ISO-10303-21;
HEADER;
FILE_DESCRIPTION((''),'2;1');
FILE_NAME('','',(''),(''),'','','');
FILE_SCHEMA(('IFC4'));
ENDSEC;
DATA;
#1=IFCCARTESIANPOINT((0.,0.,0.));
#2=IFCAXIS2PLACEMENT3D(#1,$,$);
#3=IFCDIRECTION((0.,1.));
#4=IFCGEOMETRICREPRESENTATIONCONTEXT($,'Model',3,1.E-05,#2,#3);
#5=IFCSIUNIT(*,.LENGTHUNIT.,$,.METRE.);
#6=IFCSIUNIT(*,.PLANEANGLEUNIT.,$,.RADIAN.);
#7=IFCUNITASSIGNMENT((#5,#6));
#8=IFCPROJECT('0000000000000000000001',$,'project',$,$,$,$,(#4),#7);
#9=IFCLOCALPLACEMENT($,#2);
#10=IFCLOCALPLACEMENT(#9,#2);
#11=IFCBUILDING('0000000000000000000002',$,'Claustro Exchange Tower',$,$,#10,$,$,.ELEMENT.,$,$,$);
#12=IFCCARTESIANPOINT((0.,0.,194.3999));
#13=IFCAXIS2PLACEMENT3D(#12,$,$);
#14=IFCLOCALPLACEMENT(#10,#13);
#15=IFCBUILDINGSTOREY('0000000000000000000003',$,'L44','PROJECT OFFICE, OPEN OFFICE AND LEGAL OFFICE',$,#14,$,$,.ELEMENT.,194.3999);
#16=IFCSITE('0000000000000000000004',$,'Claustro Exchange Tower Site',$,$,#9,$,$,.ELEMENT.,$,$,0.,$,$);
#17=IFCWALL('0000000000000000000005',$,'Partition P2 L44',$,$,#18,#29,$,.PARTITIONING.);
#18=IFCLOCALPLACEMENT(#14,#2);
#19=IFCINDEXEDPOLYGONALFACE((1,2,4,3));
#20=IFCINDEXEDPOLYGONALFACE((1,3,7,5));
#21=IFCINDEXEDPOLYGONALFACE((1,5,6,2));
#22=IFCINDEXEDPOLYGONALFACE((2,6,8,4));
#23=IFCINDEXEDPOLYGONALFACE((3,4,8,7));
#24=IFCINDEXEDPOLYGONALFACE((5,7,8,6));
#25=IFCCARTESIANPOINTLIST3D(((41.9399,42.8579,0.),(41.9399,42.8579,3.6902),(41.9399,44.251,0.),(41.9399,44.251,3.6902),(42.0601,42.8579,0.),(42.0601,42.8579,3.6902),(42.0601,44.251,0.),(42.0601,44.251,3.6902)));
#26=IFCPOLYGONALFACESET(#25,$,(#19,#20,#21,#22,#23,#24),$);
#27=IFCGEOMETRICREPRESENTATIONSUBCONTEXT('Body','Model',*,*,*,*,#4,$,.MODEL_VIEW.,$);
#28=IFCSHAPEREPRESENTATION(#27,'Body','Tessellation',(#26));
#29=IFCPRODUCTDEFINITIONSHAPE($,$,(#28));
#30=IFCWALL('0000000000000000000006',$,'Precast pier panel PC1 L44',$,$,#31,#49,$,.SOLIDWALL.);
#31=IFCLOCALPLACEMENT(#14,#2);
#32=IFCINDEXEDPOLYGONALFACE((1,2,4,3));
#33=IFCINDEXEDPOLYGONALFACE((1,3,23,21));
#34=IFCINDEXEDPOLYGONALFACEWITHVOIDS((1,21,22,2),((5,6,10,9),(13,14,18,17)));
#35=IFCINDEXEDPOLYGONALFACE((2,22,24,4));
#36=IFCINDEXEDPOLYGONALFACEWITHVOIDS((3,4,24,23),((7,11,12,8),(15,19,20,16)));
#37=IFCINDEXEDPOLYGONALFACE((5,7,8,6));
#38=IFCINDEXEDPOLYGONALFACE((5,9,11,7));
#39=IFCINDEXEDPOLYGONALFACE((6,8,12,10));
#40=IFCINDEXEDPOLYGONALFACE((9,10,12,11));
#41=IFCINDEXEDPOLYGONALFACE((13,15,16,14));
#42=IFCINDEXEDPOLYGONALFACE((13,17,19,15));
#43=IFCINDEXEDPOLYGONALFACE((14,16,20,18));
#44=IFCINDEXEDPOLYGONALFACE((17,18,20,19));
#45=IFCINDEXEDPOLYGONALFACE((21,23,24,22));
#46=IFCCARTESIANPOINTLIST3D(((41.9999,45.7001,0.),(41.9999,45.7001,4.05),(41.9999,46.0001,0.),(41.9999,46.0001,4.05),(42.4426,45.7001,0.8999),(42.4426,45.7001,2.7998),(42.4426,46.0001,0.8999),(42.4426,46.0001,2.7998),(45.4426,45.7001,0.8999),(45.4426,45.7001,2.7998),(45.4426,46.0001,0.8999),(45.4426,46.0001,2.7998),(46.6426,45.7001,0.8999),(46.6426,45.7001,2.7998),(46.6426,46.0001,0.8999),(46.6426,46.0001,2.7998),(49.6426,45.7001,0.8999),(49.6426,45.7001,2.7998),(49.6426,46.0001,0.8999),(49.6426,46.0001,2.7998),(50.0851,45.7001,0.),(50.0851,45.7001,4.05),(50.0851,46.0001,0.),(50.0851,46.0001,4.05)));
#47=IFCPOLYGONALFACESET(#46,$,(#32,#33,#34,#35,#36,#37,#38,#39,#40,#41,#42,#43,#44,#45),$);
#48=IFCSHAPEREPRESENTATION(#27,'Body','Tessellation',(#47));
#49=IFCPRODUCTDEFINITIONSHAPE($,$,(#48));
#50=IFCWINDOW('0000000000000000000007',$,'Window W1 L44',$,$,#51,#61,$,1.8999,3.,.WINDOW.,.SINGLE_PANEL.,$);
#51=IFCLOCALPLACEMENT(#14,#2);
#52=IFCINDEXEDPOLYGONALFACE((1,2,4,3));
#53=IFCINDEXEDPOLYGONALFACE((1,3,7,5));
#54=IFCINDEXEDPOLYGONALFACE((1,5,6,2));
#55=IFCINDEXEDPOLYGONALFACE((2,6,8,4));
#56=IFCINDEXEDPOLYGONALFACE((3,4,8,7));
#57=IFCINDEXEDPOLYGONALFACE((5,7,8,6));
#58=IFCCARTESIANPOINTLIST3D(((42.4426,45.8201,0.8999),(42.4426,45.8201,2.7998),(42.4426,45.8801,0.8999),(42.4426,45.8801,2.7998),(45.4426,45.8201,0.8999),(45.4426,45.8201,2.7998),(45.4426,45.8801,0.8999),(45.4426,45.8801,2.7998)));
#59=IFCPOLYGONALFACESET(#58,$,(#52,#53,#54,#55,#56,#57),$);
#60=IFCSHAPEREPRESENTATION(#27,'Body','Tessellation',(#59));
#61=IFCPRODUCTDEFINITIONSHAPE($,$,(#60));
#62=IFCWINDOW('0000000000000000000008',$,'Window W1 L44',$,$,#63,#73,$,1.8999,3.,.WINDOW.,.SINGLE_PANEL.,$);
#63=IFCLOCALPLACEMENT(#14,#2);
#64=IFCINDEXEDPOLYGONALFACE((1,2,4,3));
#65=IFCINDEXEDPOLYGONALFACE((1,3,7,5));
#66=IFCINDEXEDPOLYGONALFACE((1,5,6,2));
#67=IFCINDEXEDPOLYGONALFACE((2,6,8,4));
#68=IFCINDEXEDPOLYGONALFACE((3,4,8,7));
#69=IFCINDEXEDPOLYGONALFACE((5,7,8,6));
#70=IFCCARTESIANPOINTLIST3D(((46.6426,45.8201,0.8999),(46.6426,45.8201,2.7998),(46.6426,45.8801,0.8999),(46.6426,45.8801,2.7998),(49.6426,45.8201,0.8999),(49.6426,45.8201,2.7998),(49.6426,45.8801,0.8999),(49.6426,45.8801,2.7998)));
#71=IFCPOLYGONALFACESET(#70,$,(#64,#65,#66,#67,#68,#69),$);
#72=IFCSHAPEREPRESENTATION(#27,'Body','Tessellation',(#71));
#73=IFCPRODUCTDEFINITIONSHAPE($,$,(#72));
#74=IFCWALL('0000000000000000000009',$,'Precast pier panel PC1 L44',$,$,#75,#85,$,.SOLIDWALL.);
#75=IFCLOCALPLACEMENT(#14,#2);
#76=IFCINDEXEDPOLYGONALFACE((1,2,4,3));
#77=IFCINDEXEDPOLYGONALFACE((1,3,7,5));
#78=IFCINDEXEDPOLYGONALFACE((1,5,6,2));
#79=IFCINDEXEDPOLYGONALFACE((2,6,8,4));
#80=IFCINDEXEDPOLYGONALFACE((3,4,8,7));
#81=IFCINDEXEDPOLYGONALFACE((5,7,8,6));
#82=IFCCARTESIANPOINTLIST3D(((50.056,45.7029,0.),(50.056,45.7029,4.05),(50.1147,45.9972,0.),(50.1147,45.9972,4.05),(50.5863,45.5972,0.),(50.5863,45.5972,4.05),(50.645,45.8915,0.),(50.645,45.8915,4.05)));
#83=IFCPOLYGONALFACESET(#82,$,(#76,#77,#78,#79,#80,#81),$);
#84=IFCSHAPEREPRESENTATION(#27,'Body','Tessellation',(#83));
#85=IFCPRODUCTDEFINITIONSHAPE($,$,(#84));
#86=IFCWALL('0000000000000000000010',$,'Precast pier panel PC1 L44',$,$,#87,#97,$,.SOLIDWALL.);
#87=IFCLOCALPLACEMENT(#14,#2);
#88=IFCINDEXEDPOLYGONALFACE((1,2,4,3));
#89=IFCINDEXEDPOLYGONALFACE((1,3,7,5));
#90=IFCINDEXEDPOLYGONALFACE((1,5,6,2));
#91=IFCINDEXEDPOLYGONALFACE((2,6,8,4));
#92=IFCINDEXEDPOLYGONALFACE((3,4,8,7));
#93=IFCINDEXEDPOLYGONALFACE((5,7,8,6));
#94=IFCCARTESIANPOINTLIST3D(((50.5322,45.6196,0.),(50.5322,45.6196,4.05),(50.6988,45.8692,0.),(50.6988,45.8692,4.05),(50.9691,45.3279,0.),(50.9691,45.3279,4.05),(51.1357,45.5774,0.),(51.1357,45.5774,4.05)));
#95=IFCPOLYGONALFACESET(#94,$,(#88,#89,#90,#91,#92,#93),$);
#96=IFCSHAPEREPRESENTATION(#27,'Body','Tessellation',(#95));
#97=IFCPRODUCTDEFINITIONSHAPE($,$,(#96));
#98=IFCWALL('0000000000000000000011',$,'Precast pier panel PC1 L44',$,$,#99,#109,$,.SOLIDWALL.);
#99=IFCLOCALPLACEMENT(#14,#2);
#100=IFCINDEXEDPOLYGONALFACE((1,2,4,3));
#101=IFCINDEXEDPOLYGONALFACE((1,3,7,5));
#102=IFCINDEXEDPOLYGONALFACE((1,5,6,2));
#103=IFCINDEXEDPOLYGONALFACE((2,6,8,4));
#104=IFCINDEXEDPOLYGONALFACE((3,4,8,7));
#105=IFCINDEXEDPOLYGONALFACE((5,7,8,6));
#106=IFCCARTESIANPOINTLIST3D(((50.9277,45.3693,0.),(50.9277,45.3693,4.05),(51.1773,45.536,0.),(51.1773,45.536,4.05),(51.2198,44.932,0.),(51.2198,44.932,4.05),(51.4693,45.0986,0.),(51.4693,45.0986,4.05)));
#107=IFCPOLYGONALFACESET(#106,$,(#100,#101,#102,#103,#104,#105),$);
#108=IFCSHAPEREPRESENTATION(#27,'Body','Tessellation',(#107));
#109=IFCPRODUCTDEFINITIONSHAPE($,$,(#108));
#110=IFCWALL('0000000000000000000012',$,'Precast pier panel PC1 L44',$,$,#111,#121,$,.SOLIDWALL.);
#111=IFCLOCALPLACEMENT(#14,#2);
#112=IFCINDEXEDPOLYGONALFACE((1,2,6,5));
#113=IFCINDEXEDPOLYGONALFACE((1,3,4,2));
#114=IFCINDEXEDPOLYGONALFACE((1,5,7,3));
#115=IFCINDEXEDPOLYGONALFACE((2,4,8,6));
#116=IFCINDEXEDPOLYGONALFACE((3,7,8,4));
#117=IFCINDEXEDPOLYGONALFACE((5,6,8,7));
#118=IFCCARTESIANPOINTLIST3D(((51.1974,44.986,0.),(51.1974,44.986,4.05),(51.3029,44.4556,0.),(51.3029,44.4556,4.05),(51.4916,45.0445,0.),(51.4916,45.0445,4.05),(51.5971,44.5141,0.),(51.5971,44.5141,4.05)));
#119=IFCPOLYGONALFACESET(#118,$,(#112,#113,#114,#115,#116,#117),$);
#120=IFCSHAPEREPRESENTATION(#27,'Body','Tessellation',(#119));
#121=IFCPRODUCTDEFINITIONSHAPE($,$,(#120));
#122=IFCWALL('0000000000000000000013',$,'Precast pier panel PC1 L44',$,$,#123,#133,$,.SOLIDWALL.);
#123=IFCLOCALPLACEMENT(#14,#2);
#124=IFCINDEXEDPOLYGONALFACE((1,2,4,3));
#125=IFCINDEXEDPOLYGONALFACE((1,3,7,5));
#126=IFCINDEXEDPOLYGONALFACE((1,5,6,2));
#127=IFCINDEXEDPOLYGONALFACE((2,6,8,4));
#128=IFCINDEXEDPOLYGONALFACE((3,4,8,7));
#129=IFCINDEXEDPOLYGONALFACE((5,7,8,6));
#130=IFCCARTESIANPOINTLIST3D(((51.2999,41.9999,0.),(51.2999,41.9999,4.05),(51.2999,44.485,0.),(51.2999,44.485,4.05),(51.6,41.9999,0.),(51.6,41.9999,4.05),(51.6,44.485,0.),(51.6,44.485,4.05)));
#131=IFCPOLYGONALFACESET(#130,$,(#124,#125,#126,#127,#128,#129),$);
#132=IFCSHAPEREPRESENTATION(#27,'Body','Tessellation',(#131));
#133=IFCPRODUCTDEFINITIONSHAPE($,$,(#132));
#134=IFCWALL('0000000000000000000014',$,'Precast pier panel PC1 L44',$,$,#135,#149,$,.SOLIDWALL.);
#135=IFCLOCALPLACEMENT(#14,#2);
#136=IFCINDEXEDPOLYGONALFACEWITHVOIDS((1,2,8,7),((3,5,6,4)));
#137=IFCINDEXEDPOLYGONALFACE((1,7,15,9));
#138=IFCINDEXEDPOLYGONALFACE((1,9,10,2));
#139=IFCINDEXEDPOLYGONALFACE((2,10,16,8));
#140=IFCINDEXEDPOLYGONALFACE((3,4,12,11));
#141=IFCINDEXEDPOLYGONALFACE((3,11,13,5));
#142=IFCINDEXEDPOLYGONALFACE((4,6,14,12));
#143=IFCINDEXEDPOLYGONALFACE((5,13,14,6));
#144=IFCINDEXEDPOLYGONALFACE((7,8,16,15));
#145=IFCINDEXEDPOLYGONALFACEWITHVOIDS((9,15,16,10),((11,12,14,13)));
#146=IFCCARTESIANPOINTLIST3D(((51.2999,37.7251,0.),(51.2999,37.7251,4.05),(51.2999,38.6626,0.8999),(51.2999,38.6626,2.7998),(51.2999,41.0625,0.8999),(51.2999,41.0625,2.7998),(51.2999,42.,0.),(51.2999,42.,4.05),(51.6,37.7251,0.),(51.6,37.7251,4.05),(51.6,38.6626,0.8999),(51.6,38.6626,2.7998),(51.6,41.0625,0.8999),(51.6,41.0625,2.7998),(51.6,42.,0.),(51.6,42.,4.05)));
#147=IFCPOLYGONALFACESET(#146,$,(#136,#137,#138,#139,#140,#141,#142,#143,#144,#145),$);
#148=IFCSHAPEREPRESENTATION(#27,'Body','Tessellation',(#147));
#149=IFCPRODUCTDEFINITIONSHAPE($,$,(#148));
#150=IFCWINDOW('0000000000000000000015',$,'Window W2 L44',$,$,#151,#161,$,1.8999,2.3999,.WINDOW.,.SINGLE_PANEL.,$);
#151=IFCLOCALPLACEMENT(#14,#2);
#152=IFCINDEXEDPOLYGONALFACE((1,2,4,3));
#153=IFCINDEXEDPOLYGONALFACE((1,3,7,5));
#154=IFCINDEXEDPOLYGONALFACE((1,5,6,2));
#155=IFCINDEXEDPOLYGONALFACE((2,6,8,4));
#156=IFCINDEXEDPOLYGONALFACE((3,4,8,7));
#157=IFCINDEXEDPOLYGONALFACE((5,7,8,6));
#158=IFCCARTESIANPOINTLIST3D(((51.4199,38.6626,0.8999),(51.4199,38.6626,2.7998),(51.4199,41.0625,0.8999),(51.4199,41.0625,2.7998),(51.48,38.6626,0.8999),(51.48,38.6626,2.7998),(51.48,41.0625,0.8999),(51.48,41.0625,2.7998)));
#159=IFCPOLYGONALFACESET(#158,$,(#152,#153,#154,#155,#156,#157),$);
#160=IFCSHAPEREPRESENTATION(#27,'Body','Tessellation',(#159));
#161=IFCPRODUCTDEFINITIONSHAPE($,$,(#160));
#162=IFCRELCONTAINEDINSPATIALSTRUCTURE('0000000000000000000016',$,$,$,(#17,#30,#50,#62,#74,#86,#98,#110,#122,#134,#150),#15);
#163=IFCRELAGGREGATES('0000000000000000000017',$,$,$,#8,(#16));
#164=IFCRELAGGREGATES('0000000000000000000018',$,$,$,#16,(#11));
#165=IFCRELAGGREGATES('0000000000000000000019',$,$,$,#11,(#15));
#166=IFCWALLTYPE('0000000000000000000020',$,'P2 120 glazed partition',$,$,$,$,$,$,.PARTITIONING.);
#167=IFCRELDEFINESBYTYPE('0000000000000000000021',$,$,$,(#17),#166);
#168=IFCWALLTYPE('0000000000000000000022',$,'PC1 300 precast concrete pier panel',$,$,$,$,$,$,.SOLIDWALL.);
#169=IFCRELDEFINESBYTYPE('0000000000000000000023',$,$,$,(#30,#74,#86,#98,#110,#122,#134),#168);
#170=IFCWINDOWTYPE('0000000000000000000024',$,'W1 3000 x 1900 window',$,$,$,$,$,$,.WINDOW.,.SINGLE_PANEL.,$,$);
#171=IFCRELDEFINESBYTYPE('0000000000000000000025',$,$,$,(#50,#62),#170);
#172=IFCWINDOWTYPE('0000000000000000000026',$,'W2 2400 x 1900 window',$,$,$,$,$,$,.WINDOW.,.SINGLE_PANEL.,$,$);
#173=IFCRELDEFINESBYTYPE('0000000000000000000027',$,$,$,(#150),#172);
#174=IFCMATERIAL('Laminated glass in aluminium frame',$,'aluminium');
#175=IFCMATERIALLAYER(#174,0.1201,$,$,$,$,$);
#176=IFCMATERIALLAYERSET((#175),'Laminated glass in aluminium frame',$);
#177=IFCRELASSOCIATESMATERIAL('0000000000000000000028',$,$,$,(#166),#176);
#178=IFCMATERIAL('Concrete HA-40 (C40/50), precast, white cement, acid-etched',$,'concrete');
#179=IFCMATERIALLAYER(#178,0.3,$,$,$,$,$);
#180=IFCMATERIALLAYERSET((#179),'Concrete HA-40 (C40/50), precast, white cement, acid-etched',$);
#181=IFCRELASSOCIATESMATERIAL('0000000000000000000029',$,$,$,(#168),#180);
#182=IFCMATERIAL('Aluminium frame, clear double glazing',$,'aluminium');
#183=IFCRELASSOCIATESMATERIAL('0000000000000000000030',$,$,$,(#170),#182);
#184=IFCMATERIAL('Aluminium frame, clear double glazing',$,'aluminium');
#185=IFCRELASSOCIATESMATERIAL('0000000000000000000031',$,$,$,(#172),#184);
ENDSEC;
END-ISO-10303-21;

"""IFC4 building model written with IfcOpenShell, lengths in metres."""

from ifc_helpers import new_model, si_unit, direction, frame, frame_2d, origin, place, context, subcontext, project, spatial, rectangle, extrude, material, layer, layer_set, type_object, element, fill, save


model = new_model("IFC4")

# Units and contexts
model_context = context("Model", 3, precision=1e-05, world=origin(), true_north=direction((0.0, 1.0)))
body_context = subcontext(model_context, "Body", "Model", "MODEL_VIEW")
ifc_project = project(units=[si_unit("LENGTHUNIT", "METRE"), si_unit("PLANEANGLEUNIT", "RADIAN")], contexts=[model_context])

# Site, building, storey
site_placement = place(None, origin())
site = spatial("IfcSite", under=ifc_project, at=site_placement, Name="Claustro Exchange Tower Site", CompositionType="ELEMENT", RefElevation=0.0)
building_placement = place(site_placement, origin())
building = spatial("IfcBuilding", under=site, at=building_placement, Name="Claustro Exchange Tower", CompositionType="ELEMENT")
storey_placement = place(building_placement, frame((0.0, 0.0, 194.3999)))
storey = spatial("IfcBuildingStorey", under=building, at=storey_placement, Name="L44", Description="PROJECT OFFICE, OPEN OFFICE AND LEGAL OFFICE", CompositionType="ELEMENT", Elevation=194.3999)

# Wall
ifc_material_1 = material(Name="Laminated glass in aluminium frame", Category="aluminium")
ifc_layer_1 = layer(ifc_material_1, 0.1201)
ifc_layer_set_1 = layer_set([ifc_layer_1], Name="Laminated glass in aluminium frame")
wall_type_1 = type_object("IfcWallType", Name="P2 120 glazed partition", PredefinedType="PARTITIONING", material=ifc_layer_set_1)
wall_1_placement = place(storey_placement, frame((42.0, 42.8579, 0.0), z_axis=(0.0, 0.0, 1.0), x_axis=(0.0, 1.0, 0.0)))
element("IfcWall", 1, at=wall_1_placement, inside=storey, type_object=wall_type_1, Name="Partition P2 L44", PredefinedType="PARTITIONING", context=body_context, shape_type="SweptSolid", body=[
    extrude(rectangle(XDim=1.3931, YDim=0.1201, at=frame_2d((0.6965, 0.0))), origin(), (0.0, 0.0, 1.0), 3.6902),
])

# Wall, openings, windows
ifc_material_2 = material(Name="Concrete HA-40 (C40/50), precast, white cement, acid-etched", Category="concrete")
ifc_layer_2 = layer(ifc_material_2, 0.3)
ifc_layer_set_2 = layer_set([ifc_layer_2], Name="Concrete HA-40 (C40/50), precast, white cement, acid-etched")
wall_type_2 = type_object("IfcWallType", Name="PC1 300 precast concrete pier panel", PredefinedType="SOLIDWALL", material=ifc_layer_set_2)
wall_2_placement = place(storey_placement, frame((42.0, 45.8501, 0.0), z_axis=(0.0, 0.0, 1.0), x_axis=(1.0, 0.0, 0.0)))
wall_2 = element("IfcWall", 2, at=wall_2_placement, inside=storey, type_object=wall_type_2, Name="Precast pier panel PC1 L44", PredefinedType="SOLIDWALL", context=body_context, shape_type="SweptSolid", body=[
    extrude(rectangle(XDim=8.0852, YDim=0.3, at=frame_2d((4.0425, 0.0))), origin(), (0.0, 0.0, 1.0), 4.05),
])
opening_1_placement = place(wall_2_placement, frame((0.4426, 0.0, 0.8999)))
opening_1 = element("IfcOpeningElement", 3, at=opening_1_placement, cuts=wall_2, PredefinedType="OPENING", context=body_context, shape_type="SweptSolid", body=[
    extrude(rectangle(XDim=3.0, YDim=1.8999, at=frame_2d((1.5, 0.95))), frame((0.0, 0.1599, 0.0), z_axis=(0.0, -1.0, 0.0), x_axis=(1.0, 0.0, 0.0)), (0.0, 0.0, 1.0), 0.3201),
])
opening_2_placement = place(wall_2_placement, frame((4.6426, 0.0, 0.8999)))
opening_2 = element("IfcOpeningElement", 4, at=opening_2_placement, cuts=wall_2, PredefinedType="OPENING", context=body_context, shape_type="SweptSolid", body=[
    extrude(rectangle(XDim=3.0, YDim=1.8999, at=frame_2d((1.5, 0.95))), frame((0.0, 0.1599, 0.0), z_axis=(0.0, -1.0, 0.0), x_axis=(1.0, 0.0, 0.0)), (0.0, 0.0, 1.0), 0.3201),
])
ifc_material_3 = material(Name="Aluminium frame, clear double glazing", Category="aluminium")
window_type_1 = type_object("IfcWindowType", Name="W1 3000 x 1900 window", PartitioningType="SINGLE_PANEL", PredefinedType="WINDOW", material=ifc_material_3)
window_1_placement = place(opening_1_placement, origin())
window_1 = element("IfcWindow", 5, at=window_1_placement, inside=storey, type_object=window_type_1, Name="Window W1 L44", OverallHeight=1.8999, OverallWidth=3.0, PartitioningType="SINGLE_PANEL", PredefinedType="WINDOW", context=body_context, shape_type="SweptSolid", body=[
    extrude(rectangle(XDim=3.0, YDim=1.8999, at=frame_2d((1.5, 0.95))), frame((0.0, 0.03, 0.0), z_axis=(0.0, -1.0, 0.0), x_axis=(1.0, 0.0, 0.0)), (0.0, 0.0, 1.0), 0.0601),
])
fill(opening_1, window_1)
window_2_placement = place(opening_2_placement, origin())
window_2 = element("IfcWindow", 6, at=window_2_placement, inside=storey, type_object=window_type_1, Name="Window W1 L44", OverallHeight=1.8999, OverallWidth=3.0, PartitioningType="SINGLE_PANEL", PredefinedType="WINDOW", context=body_context, shape_type="SweptSolid", body=[
    extrude(rectangle(XDim=3.0, YDim=1.8999, at=frame_2d((1.5, 0.95))), frame((0.0, 0.03, 0.0), z_axis=(0.0, -1.0, 0.0), x_axis=(1.0, 0.0, 0.0)), (0.0, 0.0, 1.0), 0.0601),
])
fill(opening_2, window_2)

# Walls
wall_3_placement = place(storey_placement, frame((50.0852, 45.8501, 0.0), z_axis=(0.0, 0.0, 1.0), x_axis=(0.980702, -0.195508, 0.0)))
element("IfcWall", 7, at=wall_3_placement, inside=storey, type_object=wall_type_2, Name="Precast pier panel PC1 L44", PredefinedType="SOLIDWALL", context=body_context, shape_type="SweptSolid", body=[
    extrude(rectangle(XDim=0.5408, YDim=0.3, at=frame_2d((0.2705, 0.0))), origin(), (0.0, 0.0, 1.0), 4.05),
])
wall_4_placement = place(storey_placement, frame((50.6155, 45.7444, 0.0), z_axis=(0.0, 0.0, 1.0), x_axis=(0.831693, -0.555236, 0.0)))
element("IfcWall", 8, at=wall_4_placement, inside=storey, type_object=wall_type_2, Name="Precast pier panel PC1 L44", PredefinedType="SOLIDWALL", context=body_context, shape_type="SweptSolid", body=[
    extrude(rectangle(XDim=0.5254, YDim=0.3, at=frame_2d((0.2627, 0.0))), origin(), (0.0, 0.0, 1.0), 4.05),
])
wall_5_placement = place(storey_placement, frame((51.0525, 45.4526, 0.0), z_axis=(0.0, 0.0, 1.0), x_axis=(0.555343, -0.831621, 0.0)))
element("IfcWall", 9, at=wall_5_placement, inside=storey, type_object=wall_type_2, Name="Precast pier panel PC1 L44", PredefinedType="SOLIDWALL", context=body_context, shape_type="SweptSolid", body=[
    extrude(rectangle(XDim=0.5259, YDim=0.3, at=frame_2d((0.2629, 0.0))), origin(), (0.0, 0.0, 1.0), 4.05),
])
wall_6_placement = place(storey_placement, frame((51.3445, 45.0154, 0.0), z_axis=(0.0, 0.0, 1.0), x_axis=(0.195074, -0.980789, 0.0)))
element("IfcWall", 10, at=wall_6_placement, inside=storey, type_object=wall_type_2, Name="Precast pier panel PC1 L44", PredefinedType="SOLIDWALL", context=body_context, shape_type="SweptSolid", body=[
    extrude(rectangle(XDim=0.5408, YDim=0.3, at=frame_2d((0.2705, 0.0))), origin(), (0.0, 0.0, 1.0), 4.05),
])
wall_7_placement = place(storey_placement, frame((51.45, 44.4851, 0.0), z_axis=(0.0, 0.0, 1.0), x_axis=(0.0, -1.0, 0.0)))
element("IfcWall", 11, at=wall_7_placement, inside=storey, type_object=wall_type_2, Name="Precast pier panel PC1 L44", PredefinedType="SOLIDWALL", context=body_context, shape_type="SweptSolid", body=[
    extrude(rectangle(XDim=2.4851, YDim=0.3, at=frame_2d((1.2427, 0.0))), origin(), (0.0, 0.0, 1.0), 4.05),
])

# Wall, opening, window
wall_8_placement = place(storey_placement, frame((51.45, 42.0, 0.0), z_axis=(0.0, 0.0, 1.0), x_axis=(0.0, -1.0, 0.0)))
wall_8 = element("IfcWall", 12, at=wall_8_placement, inside=storey, type_object=wall_type_2, Name="Precast pier panel PC1 L44", PredefinedType="SOLIDWALL", context=body_context, shape_type="SweptSolid", body=[
    extrude(rectangle(XDim=4.2749, YDim=0.3, at=frame_2d((2.1375, 0.0))), origin(), (0.0, 0.0, 1.0), 4.05),
])
opening_3_placement = place(wall_8_placement, frame((0.9375, 0.0, 0.8999)))
opening_3 = element("IfcOpeningElement", 13, at=opening_3_placement, cuts=wall_8, PredefinedType="OPENING", context=body_context, shape_type="SweptSolid", body=[
    extrude(rectangle(XDim=2.3999, YDim=1.8999, at=frame_2d((1.2, 0.95))), frame((0.0, 0.1599, 0.0), z_axis=(0.0, -1.0, 0.0), x_axis=(1.0, 0.0, 0.0)), (0.0, 0.0, 1.0), 0.3201),
])
ifc_material_4 = material(Name="Aluminium frame, clear double glazing", Category="aluminium")
window_type_2 = type_object("IfcWindowType", Name="W2 2400 x 1900 window", PartitioningType="SINGLE_PANEL", PredefinedType="WINDOW", material=ifc_material_4)
window_3_placement = place(opening_3_placement, origin())
window_3 = element("IfcWindow", 14, at=window_3_placement, inside=storey, type_object=window_type_2, Name="Window W2 L44", OverallHeight=1.8999, OverallWidth=2.3999, PartitioningType="SINGLE_PANEL", PredefinedType="WINDOW", context=body_context, shape_type="SweptSolid", body=[
    extrude(rectangle(XDim=2.3999, YDim=1.8999, at=frame_2d((1.2, 0.95))), frame((0.0, 0.03, 0.0), z_axis=(0.0, -1.0, 0.0), x_axis=(1.0, 0.0, 0.0)), (0.0, 0.0, 1.0), 0.0601),
])
fill(opening_3, window_3)

save(model, "model.ifc")
